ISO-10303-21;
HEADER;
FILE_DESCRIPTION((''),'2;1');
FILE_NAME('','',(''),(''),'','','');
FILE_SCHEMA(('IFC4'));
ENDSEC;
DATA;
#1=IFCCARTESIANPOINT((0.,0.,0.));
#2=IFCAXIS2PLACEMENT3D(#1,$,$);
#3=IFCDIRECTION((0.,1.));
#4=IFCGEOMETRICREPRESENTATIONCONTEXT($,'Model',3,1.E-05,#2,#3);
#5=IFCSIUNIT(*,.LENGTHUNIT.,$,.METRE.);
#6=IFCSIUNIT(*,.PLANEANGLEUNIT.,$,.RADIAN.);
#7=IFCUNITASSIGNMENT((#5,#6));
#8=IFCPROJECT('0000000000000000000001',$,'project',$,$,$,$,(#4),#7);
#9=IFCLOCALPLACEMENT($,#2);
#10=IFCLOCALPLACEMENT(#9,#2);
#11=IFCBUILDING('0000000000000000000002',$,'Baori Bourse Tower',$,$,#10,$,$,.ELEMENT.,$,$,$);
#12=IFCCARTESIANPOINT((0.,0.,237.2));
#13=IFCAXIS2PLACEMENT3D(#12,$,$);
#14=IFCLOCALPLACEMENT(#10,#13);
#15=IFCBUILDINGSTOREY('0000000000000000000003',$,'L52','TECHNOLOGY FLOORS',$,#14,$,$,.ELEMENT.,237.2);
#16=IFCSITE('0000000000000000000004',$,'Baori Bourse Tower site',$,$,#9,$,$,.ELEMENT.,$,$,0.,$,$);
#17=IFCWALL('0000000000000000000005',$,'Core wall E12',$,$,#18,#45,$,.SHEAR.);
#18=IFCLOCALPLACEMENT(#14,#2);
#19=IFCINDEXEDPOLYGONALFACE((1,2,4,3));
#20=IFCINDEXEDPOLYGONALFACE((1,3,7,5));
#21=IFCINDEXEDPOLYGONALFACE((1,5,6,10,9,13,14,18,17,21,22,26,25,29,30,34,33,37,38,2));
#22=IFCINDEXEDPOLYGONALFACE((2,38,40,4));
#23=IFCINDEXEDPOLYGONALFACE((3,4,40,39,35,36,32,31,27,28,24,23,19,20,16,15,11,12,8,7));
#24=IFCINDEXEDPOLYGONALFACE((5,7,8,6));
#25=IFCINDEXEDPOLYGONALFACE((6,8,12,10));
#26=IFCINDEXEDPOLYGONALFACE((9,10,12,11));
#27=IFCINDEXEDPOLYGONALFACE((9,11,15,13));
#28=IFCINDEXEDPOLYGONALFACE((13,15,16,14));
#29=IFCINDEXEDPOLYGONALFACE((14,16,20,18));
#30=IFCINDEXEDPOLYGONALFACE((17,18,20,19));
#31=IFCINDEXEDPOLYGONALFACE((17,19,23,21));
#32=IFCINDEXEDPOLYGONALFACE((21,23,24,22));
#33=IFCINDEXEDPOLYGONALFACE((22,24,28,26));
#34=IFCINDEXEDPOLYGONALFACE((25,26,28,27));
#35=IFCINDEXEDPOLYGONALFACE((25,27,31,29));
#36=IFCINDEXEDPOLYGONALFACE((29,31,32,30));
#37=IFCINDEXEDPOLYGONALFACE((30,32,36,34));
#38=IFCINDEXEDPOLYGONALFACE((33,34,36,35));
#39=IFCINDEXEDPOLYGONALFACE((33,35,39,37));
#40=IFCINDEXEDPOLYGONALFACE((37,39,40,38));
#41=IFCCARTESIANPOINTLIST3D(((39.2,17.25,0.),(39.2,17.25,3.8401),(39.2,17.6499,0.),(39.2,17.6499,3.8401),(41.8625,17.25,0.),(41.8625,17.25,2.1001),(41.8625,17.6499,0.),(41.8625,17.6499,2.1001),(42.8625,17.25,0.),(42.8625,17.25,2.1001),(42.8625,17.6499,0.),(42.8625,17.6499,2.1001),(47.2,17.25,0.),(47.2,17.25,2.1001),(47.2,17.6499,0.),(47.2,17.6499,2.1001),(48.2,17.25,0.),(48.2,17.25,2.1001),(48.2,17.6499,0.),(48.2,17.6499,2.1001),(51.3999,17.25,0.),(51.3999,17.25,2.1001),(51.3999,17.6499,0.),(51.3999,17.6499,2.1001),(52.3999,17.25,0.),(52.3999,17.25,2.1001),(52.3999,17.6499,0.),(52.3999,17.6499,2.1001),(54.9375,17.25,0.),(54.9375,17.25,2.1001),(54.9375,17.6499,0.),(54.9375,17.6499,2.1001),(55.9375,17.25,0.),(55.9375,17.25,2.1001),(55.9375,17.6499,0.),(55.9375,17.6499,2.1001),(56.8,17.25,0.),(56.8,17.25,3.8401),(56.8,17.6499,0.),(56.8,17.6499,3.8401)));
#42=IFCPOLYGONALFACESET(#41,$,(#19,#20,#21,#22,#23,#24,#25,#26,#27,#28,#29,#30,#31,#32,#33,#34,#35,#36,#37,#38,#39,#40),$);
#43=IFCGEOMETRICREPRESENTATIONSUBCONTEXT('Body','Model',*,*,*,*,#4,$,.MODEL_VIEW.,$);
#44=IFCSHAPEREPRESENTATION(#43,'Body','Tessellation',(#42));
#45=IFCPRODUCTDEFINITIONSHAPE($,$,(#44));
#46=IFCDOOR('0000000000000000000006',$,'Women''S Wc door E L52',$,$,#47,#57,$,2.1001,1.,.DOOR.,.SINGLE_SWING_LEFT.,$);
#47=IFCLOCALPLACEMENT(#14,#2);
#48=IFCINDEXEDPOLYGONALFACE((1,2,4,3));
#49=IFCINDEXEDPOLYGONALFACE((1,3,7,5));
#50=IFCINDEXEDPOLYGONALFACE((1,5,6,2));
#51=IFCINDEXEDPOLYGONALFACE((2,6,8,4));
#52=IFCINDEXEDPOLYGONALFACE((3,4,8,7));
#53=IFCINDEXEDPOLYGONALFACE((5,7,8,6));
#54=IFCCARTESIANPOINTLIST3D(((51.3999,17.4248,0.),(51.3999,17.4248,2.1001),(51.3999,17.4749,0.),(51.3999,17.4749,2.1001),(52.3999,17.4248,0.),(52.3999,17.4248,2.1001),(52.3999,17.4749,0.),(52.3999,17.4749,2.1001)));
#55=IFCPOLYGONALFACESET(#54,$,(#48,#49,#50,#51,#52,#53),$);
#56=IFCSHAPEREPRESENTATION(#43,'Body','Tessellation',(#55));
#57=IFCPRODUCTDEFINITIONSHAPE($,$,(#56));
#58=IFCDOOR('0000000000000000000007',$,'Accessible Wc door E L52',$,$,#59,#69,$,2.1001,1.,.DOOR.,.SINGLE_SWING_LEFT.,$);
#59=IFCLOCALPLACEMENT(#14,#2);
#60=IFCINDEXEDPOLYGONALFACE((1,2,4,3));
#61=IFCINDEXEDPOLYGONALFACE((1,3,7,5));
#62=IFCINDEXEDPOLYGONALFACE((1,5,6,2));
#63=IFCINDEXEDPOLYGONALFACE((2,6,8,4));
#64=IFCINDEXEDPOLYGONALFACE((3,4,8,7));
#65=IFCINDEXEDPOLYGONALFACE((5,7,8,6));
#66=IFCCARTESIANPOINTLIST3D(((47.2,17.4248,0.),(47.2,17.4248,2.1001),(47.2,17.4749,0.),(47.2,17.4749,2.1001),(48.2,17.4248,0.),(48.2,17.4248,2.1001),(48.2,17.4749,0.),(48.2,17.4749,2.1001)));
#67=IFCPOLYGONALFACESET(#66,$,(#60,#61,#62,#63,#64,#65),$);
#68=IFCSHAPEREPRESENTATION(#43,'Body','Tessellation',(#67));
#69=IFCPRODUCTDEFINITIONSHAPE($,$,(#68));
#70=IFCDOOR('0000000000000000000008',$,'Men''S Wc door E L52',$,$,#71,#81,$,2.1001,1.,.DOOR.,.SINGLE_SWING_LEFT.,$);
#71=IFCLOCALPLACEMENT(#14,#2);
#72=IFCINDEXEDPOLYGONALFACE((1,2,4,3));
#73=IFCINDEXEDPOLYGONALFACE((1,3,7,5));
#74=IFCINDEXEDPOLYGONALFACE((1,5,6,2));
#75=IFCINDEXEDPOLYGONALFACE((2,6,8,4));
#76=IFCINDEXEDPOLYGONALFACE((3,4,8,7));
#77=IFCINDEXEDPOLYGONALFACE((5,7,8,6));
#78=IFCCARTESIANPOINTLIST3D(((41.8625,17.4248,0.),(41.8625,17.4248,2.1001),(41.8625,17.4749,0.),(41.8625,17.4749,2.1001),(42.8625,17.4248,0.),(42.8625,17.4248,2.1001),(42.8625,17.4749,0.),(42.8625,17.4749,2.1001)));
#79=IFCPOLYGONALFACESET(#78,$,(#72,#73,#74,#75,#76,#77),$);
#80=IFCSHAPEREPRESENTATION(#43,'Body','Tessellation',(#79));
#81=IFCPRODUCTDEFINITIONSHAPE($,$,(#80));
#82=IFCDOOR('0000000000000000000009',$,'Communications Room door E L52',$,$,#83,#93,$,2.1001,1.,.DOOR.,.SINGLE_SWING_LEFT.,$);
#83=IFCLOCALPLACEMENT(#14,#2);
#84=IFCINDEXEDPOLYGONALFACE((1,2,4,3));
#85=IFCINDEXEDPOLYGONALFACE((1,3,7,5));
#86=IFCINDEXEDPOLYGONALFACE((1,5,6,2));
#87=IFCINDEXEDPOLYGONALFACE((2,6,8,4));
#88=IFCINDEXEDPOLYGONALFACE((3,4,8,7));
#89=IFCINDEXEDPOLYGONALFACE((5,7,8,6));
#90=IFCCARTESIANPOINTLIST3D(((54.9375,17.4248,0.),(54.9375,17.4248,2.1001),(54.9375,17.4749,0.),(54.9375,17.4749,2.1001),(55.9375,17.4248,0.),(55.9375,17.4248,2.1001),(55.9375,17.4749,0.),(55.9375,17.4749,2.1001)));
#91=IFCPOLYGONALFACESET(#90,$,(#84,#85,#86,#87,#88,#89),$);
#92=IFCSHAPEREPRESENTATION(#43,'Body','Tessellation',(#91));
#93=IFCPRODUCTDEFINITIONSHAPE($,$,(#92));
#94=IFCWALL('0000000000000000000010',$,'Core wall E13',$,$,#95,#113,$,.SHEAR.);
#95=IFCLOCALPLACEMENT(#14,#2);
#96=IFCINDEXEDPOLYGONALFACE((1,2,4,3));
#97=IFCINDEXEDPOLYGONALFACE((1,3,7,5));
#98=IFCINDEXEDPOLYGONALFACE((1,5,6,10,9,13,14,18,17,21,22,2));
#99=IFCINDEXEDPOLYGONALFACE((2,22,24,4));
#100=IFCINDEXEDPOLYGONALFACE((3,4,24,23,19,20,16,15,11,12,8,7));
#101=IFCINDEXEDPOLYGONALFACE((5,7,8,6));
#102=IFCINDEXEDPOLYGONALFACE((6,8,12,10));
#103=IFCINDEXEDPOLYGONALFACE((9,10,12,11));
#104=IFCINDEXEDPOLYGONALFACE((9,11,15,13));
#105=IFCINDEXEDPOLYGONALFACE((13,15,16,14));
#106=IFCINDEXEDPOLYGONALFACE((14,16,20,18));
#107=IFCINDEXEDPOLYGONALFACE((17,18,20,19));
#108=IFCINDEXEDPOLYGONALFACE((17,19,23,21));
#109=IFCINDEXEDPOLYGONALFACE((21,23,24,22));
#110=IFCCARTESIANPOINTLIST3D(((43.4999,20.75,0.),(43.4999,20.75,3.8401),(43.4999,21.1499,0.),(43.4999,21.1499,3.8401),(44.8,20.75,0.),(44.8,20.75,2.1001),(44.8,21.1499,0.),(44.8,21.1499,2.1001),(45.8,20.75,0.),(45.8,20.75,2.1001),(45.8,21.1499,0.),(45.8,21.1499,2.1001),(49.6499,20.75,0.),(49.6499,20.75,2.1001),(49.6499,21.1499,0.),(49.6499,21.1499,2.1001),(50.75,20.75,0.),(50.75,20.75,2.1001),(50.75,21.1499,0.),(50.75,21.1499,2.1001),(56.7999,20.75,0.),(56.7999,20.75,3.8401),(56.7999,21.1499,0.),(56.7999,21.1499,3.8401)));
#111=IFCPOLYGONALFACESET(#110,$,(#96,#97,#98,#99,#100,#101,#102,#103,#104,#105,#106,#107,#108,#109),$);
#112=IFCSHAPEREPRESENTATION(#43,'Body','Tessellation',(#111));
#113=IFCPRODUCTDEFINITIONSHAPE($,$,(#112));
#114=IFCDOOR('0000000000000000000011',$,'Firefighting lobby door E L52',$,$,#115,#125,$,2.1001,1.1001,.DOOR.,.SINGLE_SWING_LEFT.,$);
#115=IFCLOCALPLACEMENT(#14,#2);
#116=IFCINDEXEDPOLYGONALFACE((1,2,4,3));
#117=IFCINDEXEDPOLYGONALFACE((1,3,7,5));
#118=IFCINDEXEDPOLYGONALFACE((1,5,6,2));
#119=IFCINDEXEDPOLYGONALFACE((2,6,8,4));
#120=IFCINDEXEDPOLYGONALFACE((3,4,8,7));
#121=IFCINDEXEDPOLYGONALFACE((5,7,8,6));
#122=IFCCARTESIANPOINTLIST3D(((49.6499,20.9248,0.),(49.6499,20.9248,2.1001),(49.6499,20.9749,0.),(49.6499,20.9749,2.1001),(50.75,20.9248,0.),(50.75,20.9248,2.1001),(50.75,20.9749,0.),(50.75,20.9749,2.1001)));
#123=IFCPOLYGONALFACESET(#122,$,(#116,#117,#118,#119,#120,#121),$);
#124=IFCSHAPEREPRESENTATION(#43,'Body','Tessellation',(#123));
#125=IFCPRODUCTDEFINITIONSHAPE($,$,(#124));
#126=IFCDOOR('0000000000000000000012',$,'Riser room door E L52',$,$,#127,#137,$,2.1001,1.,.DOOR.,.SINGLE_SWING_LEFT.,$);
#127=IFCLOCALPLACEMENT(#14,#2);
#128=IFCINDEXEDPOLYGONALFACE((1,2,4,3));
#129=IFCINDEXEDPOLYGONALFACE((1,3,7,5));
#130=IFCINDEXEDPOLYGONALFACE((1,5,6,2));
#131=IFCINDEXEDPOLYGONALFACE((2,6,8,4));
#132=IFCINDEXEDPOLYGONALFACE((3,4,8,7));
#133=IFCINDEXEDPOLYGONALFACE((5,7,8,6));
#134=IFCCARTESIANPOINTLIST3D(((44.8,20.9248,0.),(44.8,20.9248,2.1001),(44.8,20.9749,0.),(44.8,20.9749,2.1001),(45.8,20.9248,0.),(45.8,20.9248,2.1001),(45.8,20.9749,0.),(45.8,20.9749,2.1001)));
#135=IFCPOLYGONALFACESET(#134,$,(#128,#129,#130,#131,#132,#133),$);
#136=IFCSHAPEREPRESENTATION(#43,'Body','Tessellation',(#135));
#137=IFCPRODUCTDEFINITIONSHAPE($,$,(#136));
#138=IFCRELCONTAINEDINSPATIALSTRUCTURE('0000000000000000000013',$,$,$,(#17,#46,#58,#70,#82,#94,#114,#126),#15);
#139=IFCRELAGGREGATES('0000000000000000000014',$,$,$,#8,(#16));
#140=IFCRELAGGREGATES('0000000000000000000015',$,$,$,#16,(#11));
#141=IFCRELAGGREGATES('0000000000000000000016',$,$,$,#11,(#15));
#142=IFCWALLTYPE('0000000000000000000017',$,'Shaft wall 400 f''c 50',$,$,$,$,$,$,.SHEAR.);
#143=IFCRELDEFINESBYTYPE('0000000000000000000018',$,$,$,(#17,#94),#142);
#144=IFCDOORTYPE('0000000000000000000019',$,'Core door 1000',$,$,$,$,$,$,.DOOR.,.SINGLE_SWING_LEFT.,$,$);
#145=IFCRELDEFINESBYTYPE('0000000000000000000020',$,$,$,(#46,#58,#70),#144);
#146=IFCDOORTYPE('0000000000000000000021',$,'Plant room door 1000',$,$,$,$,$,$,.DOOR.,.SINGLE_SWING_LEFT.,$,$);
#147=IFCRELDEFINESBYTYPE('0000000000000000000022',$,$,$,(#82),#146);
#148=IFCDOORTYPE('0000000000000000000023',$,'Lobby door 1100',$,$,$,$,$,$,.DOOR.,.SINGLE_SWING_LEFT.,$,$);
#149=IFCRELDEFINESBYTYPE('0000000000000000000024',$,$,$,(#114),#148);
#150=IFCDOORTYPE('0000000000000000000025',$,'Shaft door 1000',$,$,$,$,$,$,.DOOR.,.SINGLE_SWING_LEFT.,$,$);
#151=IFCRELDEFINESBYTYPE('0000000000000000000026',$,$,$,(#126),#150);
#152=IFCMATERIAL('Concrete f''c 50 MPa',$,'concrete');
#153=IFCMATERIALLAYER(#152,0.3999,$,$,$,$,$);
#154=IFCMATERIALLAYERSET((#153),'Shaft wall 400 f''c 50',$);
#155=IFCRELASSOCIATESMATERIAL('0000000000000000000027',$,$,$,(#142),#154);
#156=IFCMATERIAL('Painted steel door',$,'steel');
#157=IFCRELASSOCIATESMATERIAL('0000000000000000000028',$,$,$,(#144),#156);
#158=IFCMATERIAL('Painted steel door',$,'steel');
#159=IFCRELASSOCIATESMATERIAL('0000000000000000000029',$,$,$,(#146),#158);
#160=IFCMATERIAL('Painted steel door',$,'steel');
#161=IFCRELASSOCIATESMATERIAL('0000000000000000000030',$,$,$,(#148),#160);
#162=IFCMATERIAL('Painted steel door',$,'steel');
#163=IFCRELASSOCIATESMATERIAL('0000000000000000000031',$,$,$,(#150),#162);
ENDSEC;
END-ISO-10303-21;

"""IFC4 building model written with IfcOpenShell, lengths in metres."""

from ifc_helpers import new_model, si_unit, direction, frame, frame_2d, origin, place, context, subcontext, project, spatial, rectangle, extrude, material, layer, layer_set, type_object, element, fill, save


model = new_model("IFC4")

# Units and contexts
model_context = context("Model", 3, precision=1e-05, world=origin(), true_north=direction((0.0, 1.0)))
body_context = subcontext(model_context, "Body", "Model", "MODEL_VIEW")
ifc_project = project(units=[si_unit("LENGTHUNIT", "METRE"), si_unit("PLANEANGLEUNIT", "RADIAN")], contexts=[model_context])

# Site, building, storey
site_placement = place(None, origin())
site = spatial("IfcSite", under=ifc_project, at=site_placement, Name="Baori Bourse Tower site", CompositionType="ELEMENT", RefElevation=0.0)
building_placement = place(site_placement, origin())
building = spatial("IfcBuilding", under=site, at=building_placement, Name="Baori Bourse Tower", CompositionType="ELEMENT")
storey_placement = place(building_placement, frame((0.0, 0.0, 237.2)))
storey = spatial("IfcBuildingStorey", under=building, at=storey_placement, Name="L52", Description="TECHNOLOGY FLOORS", CompositionType="ELEMENT", Elevation=237.2)

# Shared definitions
ifc_material_1 = material(Name="Concrete f'c 50 MPa", Category="concrete")
ifc_layer_1 = layer(ifc_material_1, 0.3999)
ifc_layer_set_1 = layer_set([ifc_layer_1], Name="Shaft wall 400 f'c 50")
wall_type_1 = type_object("IfcWallType", Name="Shaft wall 400 f'c 50", PredefinedType="SHEAR", material=ifc_layer_set_1)

# Walls, openings, doors
wall_1_placement = place(storey_placement, frame((39.2, 17.45, 0.0), z_axis=(0.0, 0.0, 1.0), x_axis=(1.0, 0.0, 0.0)))
wall_1 = element("IfcWall", 1, at=wall_1_placement, inside=storey, type_object=wall_type_1, Name="Core wall E12", PredefinedType="SHEAR", context=body_context, shape_type="SweptSolid", body=[
    extrude(rectangle(XDim=17.6001, YDim=0.3999, at=frame_2d((8.8, 0.0))), origin(), (0.0, 0.0, 1.0), 3.8401),
])
opening_1_placement = place(wall_1_placement, frame((15.7375, 0.0, 0.0)))
opening_1 = element("IfcOpeningElement", 2, at=opening_1_placement, cuts=wall_1, PredefinedType="OPENING", context=body_context, shape_type="SweptSolid", body=[
    extrude(rectangle(XDim=1.0, YDim=2.1001, at=frame_2d((0.5, 1.05))), frame((0.0, 0.21, 0.0), z_axis=(0.0, -1.0, 0.0), x_axis=(1.0, 0.0, 0.0)), (0.0, 0.0, 1.0), 0.4199),
])
opening_2_placement = place(wall_1_placement, frame((12.2, 0.0, 0.0)))
opening_2 = element("IfcOpeningElement", 3, at=opening_2_placement, cuts=wall_1, PredefinedType="OPENING", context=body_context, shape_type="SweptSolid", body=[
    extrude(rectangle(XDim=1.0, YDim=2.1001, at=frame_2d((0.5, 1.05))), frame((0.0, 0.21, 0.0), z_axis=(0.0, -1.0, 0.0), x_axis=(1.0, 0.0, 0.0)), (0.0, 0.0, 1.0), 0.4199),
])
opening_3_placement = place(wall_1_placement, frame((8.0, 0.0, 0.0)))
opening_3 = element("IfcOpeningElement", 4, at=opening_3_placement, cuts=wall_1, PredefinedType="OPENING", context=body_context, shape_type="SweptSolid", body=[
    extrude(rectangle(XDim=1.0, YDim=2.1001, at=frame_2d((0.5, 1.05))), frame((0.0, 0.21, 0.0), z_axis=(0.0, -1.0, 0.0), x_axis=(1.0, 0.0, 0.0)), (0.0, 0.0, 1.0), 0.4199),
])
opening_4_placement = place(wall_1_placement, frame((2.6626, 0.0, 0.0)))
opening_4 = element("IfcOpeningElement", 5, at=opening_4_placement, cuts=wall_1, PredefinedType="OPENING", context=body_context, shape_type="SweptSolid", body=[
    extrude(rectangle(XDim=1.0, YDim=2.1001, at=frame_2d((0.5, 1.05))), frame((0.0, 0.21, 0.0), z_axis=(0.0, -1.0, 0.0), x_axis=(1.0, 0.0, 0.0)), (0.0, 0.0, 1.0), 0.4199),
])
ifc_material_2 = material(Name="Painted steel door", Category="steel")
door_type_1 = type_object("IfcDoorType", Name="Core door 1000", OperationType="SINGLE_SWING_LEFT", PredefinedType="DOOR", material=ifc_material_2)
door_1_placement = place(opening_2_placement, origin())
door_1 = element("IfcDoor", 6, at=door_1_placement, inside=storey, type_object=door_type_1, Name="Women'S Wc door E L52", OperationType="SINGLE_SWING_LEFT", OverallHeight=2.1001, OverallWidth=1.0, PredefinedType="DOOR", context=body_context, shape_type="SweptSolid", body=[
    extrude(rectangle(XDim=1.0, YDim=2.1001, at=frame_2d((0.5, 1.05))), frame((0.0, 0.0249, 0.0), z_axis=(0.0, -1.0, 0.0), x_axis=(1.0, 0.0, 0.0)), (0.0, 0.0, 1.0), 0.05),
])
fill(opening_2, door_1)
door_2_placement = place(opening_3_placement, origin())
door_2 = element("IfcDoor", 7, at=door_2_placement, inside=storey, type_object=door_type_1, Name="Accessible Wc door E L52", OperationType="SINGLE_SWING_LEFT", OverallHeight=2.1001, OverallWidth=1.0, PredefinedType="DOOR", context=body_context, shape_type="SweptSolid", body=[
    extrude(rectangle(XDim=1.0, YDim=2.1001, at=frame_2d((0.5, 1.05))), frame((0.0, 0.0249, 0.0), z_axis=(0.0, -1.0, 0.0), x_axis=(1.0, 0.0, 0.0)), (0.0, 0.0, 1.0), 0.05),
])
fill(opening_3, door_2)
door_3_placement = place(opening_4_placement, origin())
door_3 = element("IfcDoor", 8, at=door_3_placement, inside=storey, type_object=door_type_1, Name="Men'S Wc door E L52", OperationType="SINGLE_SWING_LEFT", OverallHeight=2.1001, OverallWidth=1.0, PredefinedType="DOOR", context=body_context, shape_type="SweptSolid", body=[
    extrude(rectangle(XDim=1.0, YDim=2.1001, at=frame_2d((0.5, 1.05))), frame((0.0, 0.0249, 0.0), z_axis=(0.0, -1.0, 0.0), x_axis=(1.0, 0.0, 0.0)), (0.0, 0.0, 1.0), 0.05),
])
fill(opening_4, door_3)
ifc_material_3 = material(Name="Painted steel door", Category="steel")
door_type_2 = type_object("IfcDoorType", Name="Plant room door 1000", OperationType="SINGLE_SWING_LEFT", PredefinedType="DOOR", material=ifc_material_3)
door_4_placement = place(opening_1_placement, origin())
door_4 = element("IfcDoor", 9, at=door_4_placement, inside=storey, type_object=door_type_2, Name="Communications Room door E L52", OperationType="SINGLE_SWING_LEFT", OverallHeight=2.1001, OverallWidth=1.0, PredefinedType="DOOR", context=body_context, shape_type="SweptSolid", body=[
    extrude(rectangle(XDim=1.0, YDim=2.1001, at=frame_2d((0.5, 1.05))), frame((0.0, 0.0249, 0.0), z_axis=(0.0, -1.0, 0.0), x_axis=(1.0, 0.0, 0.0)), (0.0, 0.0, 1.0), 0.05),
])
fill(opening_1, door_4)
wall_2_placement = place(storey_placement, frame((43.5, 20.95, 0.0), z_axis=(0.0, 0.0, 1.0), x_axis=(1.0, 0.0, 0.0)))
wall_2 = element("IfcWall", 10, at=wall_2_placement, inside=storey, type_object=wall_type_1, Name="Core wall E13", PredefinedType="SHEAR", context=body_context, shape_type="SweptSolid", body=[
    extrude(rectangle(XDim=13.3, YDim=0.3999, at=frame_2d((6.6499, 0.0))), origin(), (0.0, 0.0, 1.0), 3.8401),
])
opening_5_placement = place(wall_2_placement, frame((6.1499, 0.0, 0.0)))
opening_5 = element("IfcOpeningElement", 11, at=opening_5_placement, cuts=wall_2, PredefinedType="OPENING", context=body_context, shape_type="SweptSolid", body=[
    extrude(rectangle(XDim=1.1001, YDim=2.1001, at=frame_2d((0.55, 1.05))), frame((0.0, 0.21, 0.0), z_axis=(0.0, -1.0, 0.0), x_axis=(1.0, 0.0, 0.0)), (0.0, 0.0, 1.0), 0.4199),
])
opening_6_placement = place(wall_2_placement, frame((1.3, 0.0, 0.0)))
opening_6 = element("IfcOpeningElement", 12, at=opening_6_placement, cuts=wall_2, PredefinedType="OPENING", context=body_context, shape_type="SweptSolid", body=[
    extrude(rectangle(XDim=1.0, YDim=2.1001, at=frame_2d((0.5, 1.05))), frame((0.0, 0.21, 0.0), z_axis=(0.0, -1.0, 0.0), x_axis=(1.0, 0.0, 0.0)), (0.0, 0.0, 1.0), 0.4199),
])
ifc_material_4 = material(Name="Painted steel door", Category="steel")
door_type_3 = type_object("IfcDoorType", Name="Lobby door 1100", OperationType="SINGLE_SWING_LEFT", PredefinedType="DOOR", material=ifc_material_4)
door_5_placement = place(opening_5_placement, origin())
door_5 = element("IfcDoor", 13, at=door_5_placement, inside=storey, type_object=door_type_3, Name="Firefighting lobby door E L52", OperationType="SINGLE_SWING_LEFT", OverallHeight=2.1001, OverallWidth=1.1001, PredefinedType="DOOR", context=body_context, shape_type="SweptSolid", body=[
    extrude(rectangle(XDim=1.1001, YDim=2.1001, at=frame_2d((0.55, 1.05))), frame((0.0, 0.0249, 0.0), z_axis=(0.0, -1.0, 0.0), x_axis=(1.0, 0.0, 0.0)), (0.0, 0.0, 1.0), 0.05),
])
fill(opening_5, door_5)
ifc_material_5 = material(Name="Painted steel door", Category="steel")
door_type_4 = type_object("IfcDoorType", Name="Shaft door 1000", OperationType="SINGLE_SWING_LEFT", PredefinedType="DOOR", material=ifc_material_5)
door_6_placement = place(opening_6_placement, origin())
door_6 = element("IfcDoor", 14, at=door_6_placement, inside=storey, type_object=door_type_4, Name="Riser room door E L52", OperationType="SINGLE_SWING_LEFT", OverallHeight=2.1001, OverallWidth=1.0, PredefinedType="DOOR", context=body_context, shape_type="SweptSolid", body=[
    extrude(rectangle(XDim=1.0, YDim=2.1001, at=frame_2d((0.5, 1.05))), frame((0.0, 0.0249, 0.0), z_axis=(0.0, -1.0, 0.0), x_axis=(1.0, 0.0, 0.0)), (0.0, 0.0, 1.0), 0.05),
])
fill(opening_6, door_6)

save(model, "model.ifc")
